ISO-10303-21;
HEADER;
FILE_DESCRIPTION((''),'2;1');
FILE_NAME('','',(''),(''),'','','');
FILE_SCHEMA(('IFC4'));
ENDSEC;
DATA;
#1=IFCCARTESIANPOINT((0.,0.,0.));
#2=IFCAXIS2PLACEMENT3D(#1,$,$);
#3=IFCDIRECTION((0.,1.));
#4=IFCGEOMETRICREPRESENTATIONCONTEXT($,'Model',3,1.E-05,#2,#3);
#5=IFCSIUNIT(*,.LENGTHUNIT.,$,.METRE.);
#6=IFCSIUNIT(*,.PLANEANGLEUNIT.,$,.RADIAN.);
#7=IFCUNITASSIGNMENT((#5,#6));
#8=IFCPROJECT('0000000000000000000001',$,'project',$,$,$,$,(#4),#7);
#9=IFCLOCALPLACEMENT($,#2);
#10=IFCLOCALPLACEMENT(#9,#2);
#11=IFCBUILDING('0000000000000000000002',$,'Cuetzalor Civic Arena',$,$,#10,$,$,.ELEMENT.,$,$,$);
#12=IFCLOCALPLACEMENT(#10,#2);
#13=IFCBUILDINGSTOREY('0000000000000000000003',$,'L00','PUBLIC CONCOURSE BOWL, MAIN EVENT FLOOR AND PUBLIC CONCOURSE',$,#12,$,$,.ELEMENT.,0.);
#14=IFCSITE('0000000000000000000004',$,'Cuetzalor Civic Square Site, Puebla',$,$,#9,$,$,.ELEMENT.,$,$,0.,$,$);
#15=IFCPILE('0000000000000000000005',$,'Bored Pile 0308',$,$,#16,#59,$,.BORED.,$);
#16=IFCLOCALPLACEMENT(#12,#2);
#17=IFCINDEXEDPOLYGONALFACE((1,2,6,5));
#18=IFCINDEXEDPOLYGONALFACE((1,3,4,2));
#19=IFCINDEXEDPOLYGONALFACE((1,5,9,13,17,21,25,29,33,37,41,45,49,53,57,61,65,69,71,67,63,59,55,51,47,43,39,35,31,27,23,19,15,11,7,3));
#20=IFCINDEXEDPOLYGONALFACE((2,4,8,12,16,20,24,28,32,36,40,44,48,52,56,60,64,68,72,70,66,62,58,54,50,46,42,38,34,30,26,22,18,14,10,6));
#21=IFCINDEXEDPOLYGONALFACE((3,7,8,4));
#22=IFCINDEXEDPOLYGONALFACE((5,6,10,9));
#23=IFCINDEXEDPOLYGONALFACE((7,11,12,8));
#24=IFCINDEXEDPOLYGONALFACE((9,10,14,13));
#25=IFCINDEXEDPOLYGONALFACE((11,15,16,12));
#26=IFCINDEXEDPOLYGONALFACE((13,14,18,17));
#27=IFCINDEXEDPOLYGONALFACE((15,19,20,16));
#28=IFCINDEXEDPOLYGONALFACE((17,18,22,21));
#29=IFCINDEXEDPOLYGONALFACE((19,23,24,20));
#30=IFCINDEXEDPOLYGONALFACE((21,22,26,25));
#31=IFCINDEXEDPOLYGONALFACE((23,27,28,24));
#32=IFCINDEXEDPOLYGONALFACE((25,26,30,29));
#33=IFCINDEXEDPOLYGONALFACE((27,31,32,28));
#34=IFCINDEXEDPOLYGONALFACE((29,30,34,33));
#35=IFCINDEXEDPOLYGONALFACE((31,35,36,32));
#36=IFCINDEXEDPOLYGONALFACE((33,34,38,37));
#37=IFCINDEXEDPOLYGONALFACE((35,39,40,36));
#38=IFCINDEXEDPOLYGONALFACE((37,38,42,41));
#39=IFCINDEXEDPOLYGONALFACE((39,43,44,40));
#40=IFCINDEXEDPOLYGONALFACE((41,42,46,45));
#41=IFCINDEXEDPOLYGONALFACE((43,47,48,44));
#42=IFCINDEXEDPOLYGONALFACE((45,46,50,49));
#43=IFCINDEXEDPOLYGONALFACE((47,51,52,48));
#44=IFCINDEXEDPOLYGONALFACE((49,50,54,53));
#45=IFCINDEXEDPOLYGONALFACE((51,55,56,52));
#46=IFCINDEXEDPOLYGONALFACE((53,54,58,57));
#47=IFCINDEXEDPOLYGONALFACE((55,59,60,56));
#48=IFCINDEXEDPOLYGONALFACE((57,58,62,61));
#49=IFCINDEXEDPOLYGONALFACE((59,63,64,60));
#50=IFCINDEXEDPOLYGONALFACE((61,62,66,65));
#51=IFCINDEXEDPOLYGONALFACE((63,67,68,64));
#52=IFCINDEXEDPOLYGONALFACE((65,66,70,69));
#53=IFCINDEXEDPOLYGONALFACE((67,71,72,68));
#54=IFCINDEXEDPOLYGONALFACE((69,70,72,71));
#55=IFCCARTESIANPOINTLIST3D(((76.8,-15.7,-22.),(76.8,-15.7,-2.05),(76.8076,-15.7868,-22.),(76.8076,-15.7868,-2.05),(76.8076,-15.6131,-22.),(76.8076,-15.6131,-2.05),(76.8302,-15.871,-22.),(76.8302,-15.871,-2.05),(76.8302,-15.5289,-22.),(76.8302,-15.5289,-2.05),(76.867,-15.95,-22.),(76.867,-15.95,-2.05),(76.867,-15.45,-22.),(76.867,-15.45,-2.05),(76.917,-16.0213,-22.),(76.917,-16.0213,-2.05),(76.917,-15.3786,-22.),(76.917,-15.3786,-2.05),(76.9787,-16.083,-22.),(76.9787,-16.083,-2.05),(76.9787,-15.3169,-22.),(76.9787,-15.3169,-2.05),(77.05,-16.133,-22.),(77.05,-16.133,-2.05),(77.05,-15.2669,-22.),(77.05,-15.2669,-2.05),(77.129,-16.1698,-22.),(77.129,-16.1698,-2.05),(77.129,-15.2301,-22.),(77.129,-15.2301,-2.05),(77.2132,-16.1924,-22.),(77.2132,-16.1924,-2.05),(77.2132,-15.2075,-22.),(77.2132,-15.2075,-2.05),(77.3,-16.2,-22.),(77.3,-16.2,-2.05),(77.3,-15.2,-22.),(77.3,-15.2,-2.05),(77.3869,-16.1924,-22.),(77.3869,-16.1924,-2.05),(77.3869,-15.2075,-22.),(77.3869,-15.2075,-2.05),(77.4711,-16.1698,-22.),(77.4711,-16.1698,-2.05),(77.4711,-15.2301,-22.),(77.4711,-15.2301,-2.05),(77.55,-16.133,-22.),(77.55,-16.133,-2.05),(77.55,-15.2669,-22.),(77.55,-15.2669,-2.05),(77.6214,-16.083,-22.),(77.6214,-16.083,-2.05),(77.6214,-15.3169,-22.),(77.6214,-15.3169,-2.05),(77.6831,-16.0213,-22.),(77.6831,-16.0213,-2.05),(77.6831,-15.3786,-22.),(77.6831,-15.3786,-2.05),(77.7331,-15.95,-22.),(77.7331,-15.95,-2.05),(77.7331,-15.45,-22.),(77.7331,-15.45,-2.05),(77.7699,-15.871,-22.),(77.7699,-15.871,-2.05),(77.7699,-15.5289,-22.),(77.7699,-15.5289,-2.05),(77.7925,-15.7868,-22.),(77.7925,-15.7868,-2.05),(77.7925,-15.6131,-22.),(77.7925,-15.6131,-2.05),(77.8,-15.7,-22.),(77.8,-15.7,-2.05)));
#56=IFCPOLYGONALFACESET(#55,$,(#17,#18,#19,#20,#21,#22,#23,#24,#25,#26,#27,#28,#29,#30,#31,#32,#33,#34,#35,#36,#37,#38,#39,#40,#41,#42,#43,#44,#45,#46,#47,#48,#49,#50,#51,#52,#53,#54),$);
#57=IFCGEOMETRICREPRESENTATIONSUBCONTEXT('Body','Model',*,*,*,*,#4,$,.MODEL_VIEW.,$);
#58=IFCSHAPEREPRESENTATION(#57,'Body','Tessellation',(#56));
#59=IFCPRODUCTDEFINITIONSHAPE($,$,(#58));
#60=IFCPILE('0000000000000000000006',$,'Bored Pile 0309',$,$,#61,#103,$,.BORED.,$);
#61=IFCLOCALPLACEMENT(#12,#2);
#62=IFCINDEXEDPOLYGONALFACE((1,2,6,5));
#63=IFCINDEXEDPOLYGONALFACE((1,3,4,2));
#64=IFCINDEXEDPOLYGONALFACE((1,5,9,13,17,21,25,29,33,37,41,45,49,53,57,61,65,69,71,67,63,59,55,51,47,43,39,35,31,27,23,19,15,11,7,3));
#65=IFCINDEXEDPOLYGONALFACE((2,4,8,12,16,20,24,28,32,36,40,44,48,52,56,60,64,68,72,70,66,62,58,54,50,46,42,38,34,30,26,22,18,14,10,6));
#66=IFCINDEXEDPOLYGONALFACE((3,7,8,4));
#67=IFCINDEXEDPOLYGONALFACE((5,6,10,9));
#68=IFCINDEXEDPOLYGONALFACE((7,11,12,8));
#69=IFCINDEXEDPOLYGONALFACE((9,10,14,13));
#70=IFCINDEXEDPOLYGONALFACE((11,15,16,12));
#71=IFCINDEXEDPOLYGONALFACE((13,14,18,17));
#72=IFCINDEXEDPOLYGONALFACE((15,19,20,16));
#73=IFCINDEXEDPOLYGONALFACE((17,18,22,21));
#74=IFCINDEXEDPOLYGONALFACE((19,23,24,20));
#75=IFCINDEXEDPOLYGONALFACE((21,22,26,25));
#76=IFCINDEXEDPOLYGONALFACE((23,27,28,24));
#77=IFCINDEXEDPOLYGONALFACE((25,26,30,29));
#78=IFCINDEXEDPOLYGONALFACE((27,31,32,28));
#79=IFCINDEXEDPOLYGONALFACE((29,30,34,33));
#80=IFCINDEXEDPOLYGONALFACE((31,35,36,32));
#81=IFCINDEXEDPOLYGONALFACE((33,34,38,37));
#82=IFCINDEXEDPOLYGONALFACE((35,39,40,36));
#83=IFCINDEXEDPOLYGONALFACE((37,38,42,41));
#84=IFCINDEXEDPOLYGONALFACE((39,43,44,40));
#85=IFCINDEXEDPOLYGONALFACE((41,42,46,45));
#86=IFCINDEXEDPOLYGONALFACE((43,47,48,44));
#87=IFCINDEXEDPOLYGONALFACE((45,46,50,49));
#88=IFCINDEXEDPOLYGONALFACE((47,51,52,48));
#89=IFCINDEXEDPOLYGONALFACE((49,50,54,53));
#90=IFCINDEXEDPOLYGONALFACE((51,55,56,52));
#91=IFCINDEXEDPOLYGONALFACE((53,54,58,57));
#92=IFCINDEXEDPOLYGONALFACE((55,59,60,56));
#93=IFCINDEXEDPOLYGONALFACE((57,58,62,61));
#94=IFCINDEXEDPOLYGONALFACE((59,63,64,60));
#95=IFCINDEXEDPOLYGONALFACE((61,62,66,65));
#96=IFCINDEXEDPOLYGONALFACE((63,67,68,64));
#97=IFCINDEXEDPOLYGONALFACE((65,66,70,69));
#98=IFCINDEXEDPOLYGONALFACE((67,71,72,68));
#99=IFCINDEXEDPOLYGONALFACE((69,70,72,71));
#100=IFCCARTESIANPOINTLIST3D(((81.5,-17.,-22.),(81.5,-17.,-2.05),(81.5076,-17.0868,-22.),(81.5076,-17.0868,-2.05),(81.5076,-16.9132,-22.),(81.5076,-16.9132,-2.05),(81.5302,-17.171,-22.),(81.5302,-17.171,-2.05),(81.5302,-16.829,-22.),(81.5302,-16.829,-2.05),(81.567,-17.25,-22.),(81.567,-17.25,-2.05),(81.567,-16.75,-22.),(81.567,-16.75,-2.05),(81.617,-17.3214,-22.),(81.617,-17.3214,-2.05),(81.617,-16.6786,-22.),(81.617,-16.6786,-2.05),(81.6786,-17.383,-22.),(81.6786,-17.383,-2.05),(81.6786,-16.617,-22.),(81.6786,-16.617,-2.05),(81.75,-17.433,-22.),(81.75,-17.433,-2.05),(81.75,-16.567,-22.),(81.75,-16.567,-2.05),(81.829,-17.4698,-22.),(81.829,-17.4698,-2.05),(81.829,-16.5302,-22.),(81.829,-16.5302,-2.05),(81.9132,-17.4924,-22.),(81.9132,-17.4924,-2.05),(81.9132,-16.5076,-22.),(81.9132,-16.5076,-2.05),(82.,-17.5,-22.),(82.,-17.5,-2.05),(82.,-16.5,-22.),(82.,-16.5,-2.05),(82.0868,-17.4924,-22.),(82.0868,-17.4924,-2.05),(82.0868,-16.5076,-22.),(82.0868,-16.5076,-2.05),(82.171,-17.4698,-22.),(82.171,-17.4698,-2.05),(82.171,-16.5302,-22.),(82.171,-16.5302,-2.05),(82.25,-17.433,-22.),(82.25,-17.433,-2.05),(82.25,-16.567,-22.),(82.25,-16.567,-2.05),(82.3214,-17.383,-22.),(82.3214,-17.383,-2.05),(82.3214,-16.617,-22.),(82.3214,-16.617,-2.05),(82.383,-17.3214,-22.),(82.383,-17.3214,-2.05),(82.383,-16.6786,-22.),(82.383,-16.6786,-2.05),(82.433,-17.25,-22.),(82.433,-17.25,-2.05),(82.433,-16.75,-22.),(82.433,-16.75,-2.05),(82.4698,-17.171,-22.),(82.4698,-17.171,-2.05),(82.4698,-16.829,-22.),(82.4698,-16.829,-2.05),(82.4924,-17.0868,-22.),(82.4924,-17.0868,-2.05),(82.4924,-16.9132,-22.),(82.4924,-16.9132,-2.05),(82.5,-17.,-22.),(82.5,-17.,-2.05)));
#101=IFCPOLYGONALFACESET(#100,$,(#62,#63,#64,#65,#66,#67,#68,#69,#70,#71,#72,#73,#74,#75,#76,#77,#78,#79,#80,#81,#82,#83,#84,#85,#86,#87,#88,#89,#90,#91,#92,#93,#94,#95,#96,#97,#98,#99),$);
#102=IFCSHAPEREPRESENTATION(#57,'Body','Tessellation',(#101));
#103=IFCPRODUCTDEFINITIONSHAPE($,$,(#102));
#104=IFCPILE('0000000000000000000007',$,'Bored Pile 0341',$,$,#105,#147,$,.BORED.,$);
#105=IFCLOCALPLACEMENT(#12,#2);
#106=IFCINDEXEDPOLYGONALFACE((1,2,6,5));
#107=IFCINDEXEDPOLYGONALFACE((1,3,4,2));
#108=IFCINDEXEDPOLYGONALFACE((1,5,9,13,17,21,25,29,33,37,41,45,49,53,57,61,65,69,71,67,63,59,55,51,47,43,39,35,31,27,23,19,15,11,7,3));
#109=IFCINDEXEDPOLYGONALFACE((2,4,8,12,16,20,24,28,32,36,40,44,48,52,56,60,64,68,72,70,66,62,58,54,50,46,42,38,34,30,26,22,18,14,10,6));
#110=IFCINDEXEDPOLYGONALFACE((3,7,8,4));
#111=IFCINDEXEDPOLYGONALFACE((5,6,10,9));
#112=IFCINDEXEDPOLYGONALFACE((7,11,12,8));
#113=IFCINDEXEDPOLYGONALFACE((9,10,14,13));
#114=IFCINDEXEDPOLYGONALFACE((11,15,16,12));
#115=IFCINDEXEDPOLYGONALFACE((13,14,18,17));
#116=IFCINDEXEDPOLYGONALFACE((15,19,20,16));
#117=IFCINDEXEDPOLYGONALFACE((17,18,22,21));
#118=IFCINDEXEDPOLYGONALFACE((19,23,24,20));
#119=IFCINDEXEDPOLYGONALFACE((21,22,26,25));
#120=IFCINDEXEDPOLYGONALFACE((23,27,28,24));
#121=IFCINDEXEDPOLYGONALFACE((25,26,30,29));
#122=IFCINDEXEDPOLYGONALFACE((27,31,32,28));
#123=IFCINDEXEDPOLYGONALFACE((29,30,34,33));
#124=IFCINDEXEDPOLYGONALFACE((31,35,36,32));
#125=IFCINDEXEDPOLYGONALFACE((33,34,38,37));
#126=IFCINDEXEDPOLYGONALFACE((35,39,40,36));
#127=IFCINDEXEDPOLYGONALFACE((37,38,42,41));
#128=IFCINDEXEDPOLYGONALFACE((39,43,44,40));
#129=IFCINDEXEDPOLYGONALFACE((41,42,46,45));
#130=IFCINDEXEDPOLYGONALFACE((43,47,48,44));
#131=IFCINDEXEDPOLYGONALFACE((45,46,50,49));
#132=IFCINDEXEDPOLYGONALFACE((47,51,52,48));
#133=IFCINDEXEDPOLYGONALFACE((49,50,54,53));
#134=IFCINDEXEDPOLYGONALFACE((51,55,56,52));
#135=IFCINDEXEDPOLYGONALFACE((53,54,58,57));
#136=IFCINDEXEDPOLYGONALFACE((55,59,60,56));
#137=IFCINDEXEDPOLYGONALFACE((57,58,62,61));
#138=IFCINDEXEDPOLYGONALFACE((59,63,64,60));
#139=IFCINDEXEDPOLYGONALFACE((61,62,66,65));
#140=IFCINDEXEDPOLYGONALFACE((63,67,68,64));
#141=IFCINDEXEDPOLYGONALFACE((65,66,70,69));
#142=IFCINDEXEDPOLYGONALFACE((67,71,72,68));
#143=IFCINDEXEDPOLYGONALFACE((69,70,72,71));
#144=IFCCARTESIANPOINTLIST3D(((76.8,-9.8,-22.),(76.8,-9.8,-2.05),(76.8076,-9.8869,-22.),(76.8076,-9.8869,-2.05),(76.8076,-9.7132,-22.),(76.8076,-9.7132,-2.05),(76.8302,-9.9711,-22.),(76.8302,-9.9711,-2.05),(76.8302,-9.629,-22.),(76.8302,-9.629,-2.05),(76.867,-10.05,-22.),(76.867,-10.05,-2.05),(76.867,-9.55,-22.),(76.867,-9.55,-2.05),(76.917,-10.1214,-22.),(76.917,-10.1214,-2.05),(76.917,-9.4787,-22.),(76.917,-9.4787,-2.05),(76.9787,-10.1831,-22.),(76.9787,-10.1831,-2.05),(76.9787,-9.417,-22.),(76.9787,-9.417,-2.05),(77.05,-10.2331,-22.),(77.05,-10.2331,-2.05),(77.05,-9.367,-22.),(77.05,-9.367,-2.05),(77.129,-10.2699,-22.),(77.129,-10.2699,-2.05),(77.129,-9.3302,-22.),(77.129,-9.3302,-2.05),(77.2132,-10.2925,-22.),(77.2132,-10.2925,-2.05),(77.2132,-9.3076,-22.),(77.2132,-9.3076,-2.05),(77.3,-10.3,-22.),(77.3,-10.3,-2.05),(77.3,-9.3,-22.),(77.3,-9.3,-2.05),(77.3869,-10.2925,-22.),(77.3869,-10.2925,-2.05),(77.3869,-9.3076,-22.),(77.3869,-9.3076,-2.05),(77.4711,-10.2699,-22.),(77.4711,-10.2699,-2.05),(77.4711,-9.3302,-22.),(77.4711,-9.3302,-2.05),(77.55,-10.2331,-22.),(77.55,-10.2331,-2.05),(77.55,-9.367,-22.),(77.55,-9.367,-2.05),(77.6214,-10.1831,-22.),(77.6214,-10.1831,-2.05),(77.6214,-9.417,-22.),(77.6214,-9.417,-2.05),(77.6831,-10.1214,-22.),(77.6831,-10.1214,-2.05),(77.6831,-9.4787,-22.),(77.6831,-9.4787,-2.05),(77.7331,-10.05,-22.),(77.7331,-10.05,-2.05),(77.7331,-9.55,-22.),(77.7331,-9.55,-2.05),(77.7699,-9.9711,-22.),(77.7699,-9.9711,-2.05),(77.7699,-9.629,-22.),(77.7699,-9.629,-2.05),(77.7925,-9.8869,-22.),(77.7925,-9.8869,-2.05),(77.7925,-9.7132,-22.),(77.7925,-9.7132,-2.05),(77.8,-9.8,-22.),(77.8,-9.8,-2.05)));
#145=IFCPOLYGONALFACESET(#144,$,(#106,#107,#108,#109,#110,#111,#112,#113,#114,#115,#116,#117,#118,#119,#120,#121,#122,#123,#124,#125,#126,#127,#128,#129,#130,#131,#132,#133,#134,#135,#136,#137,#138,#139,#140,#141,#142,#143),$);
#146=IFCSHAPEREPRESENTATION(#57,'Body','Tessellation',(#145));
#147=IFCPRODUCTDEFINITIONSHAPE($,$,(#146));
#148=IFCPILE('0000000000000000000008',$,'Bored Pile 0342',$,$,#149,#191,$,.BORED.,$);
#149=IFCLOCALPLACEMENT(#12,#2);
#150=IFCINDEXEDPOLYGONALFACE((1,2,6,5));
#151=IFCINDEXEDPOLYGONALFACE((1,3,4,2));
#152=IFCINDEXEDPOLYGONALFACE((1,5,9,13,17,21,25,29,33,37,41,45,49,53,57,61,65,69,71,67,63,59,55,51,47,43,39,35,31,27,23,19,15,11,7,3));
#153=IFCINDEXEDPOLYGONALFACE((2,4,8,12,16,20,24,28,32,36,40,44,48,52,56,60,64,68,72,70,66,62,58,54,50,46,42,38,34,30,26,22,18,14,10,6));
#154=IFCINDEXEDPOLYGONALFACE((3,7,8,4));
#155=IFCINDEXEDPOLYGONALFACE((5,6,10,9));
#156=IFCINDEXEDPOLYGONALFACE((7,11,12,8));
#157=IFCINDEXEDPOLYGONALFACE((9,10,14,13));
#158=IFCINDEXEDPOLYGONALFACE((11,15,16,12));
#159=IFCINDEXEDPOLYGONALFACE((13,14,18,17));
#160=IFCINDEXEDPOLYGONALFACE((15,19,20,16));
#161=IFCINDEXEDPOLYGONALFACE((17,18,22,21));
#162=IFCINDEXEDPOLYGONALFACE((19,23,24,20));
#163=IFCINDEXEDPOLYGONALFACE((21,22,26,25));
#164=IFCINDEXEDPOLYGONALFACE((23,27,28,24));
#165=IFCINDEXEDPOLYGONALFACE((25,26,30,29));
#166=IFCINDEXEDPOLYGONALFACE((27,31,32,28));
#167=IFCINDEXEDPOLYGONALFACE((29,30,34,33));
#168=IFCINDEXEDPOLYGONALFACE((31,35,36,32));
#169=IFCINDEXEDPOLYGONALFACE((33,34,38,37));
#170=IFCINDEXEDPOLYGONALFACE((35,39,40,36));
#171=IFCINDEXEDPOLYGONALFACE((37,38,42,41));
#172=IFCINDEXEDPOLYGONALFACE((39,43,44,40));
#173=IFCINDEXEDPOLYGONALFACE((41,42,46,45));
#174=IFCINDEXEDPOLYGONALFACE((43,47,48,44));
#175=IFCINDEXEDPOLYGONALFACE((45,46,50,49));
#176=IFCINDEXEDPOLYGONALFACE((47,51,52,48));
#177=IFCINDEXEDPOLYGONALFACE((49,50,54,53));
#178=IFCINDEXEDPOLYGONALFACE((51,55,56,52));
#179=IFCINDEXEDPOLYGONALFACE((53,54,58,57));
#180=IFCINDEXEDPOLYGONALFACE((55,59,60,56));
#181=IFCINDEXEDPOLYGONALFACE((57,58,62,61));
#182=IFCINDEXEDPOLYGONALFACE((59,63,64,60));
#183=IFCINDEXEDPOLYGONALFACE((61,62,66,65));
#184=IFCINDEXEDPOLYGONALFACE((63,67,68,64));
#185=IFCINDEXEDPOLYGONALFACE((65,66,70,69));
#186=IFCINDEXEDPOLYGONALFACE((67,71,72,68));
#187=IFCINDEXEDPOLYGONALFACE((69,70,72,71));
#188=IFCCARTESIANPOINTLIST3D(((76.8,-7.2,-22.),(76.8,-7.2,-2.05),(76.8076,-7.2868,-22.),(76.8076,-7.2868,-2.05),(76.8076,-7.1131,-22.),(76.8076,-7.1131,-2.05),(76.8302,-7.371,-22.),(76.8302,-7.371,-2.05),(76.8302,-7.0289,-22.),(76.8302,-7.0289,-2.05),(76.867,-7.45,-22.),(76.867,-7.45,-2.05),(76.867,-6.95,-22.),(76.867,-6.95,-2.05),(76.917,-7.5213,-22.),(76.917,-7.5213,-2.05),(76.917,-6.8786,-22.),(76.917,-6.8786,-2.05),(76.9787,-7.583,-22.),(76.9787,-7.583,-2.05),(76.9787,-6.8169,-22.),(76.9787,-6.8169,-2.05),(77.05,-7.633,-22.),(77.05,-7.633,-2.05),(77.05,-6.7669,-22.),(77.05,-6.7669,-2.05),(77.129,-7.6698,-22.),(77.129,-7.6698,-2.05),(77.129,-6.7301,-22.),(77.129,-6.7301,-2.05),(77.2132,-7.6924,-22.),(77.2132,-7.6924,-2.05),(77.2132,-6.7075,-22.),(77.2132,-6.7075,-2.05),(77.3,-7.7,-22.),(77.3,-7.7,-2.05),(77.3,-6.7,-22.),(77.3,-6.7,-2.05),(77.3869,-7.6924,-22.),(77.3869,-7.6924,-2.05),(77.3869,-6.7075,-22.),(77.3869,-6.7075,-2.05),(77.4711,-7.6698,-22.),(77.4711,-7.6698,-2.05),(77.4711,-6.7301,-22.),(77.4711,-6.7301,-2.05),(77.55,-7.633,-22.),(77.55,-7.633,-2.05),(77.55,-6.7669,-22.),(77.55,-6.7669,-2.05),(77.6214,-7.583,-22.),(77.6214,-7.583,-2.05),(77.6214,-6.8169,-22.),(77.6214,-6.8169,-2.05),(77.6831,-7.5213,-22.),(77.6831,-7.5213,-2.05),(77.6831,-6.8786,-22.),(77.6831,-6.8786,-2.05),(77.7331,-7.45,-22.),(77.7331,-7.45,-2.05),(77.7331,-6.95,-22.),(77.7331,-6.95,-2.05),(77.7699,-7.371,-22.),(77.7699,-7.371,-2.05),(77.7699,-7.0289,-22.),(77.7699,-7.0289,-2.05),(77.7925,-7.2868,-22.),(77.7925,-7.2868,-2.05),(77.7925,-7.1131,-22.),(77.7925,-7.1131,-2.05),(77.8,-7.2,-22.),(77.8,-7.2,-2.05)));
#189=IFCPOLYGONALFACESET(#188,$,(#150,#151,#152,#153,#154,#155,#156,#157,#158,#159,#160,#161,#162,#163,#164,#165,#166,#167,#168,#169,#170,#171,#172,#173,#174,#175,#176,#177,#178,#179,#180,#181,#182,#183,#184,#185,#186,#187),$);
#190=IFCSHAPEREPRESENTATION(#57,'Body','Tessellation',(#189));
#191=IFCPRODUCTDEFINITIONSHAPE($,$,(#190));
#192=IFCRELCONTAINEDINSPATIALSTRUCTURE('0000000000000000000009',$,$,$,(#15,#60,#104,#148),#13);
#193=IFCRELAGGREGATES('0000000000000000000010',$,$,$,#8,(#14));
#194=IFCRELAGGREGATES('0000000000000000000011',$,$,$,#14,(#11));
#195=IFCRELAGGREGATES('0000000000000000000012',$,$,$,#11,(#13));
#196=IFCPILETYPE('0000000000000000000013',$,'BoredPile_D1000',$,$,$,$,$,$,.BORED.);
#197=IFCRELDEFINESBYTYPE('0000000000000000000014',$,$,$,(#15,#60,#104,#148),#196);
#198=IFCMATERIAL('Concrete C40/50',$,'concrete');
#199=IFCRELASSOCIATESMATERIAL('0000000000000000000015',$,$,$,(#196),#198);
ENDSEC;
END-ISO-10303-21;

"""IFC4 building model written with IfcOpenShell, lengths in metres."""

from ifc_helpers import new_model, si_unit, direction, frame, origin, origin_2d, place, context, subcontext, project, spatial, circle, extrude, material, material_profile, profile_set, type_object, element, save


model = new_model("IFC4")

# Units and contexts
model_context = context("Model", 3, precision=1e-05, world=origin(), true_north=direction((0.0, 1.0)))
body_context = subcontext(model_context, "Body", "Model", "MODEL_VIEW")
ifc_project = project(units=[si_unit("LENGTHUNIT", "METRE"), si_unit("PLANEANGLEUNIT", "RADIAN")], contexts=[model_context])

# Site, building, storey
site_placement = place(None, origin())
site = spatial("IfcSite", under=ifc_project, at=site_placement, Name="Cuetzalor Civic Square Site, Puebla", CompositionType="ELEMENT", RefElevation=0.0)
building_placement = place(site_placement, origin())
building = spatial("IfcBuilding", under=site, at=building_placement, Name="Cuetzalor Civic Arena", CompositionType="ELEMENT")
storey_placement = place(building_placement, origin())
storey = spatial("IfcBuildingStorey", under=building, at=storey_placement, Name="L00", Description="PUBLIC CONCOURSE BOWL, MAIN EVENT FLOOR AND PUBLIC CONCOURSE", CompositionType="ELEMENT", Elevation=0.0)

# Piles
ifc_material_1 = material(Name="Concrete C40/50", Category="concrete")
ifc_material_profile_1 = material_profile(ifc_material_1, circle(Radius=0.5, at=origin_2d()), Name="BORED PILE D1000")
ifc_profile_set_1 = profile_set([ifc_material_profile_1], Name="Concrete C40/50")
pile_type = type_object("IfcPileType", Name="BoredPile_D1000", PredefinedType="BORED", material=ifc_profile_set_1)
for number, where, z_axis, x_axis, name in (
    (1, (77.3, -15.7, -2.05), (0.0, 0.0, -1.0), (1.0, 0.0, 0.0), "Bored Pile 0308"),
    (2, (82.0, -17.0, -2.05), (0.0, 0.0, -1.0), (1.0, 0.0, 0.0), "Bored Pile 0309"),
    (3, (77.3, -9.8, -2.05), (0.0, 0.0, -1.0), (1.0, 0.0, 0.0), "Bored Pile 0341"),
    (4, (77.3, -7.2, -2.05), (0.0, 0.0, -1.0), (1.0, 0.0, 0.0), "Bored Pile 0342"),
):
    element("IfcPile", number, at=place(storey_placement, frame(where, z_axis=z_axis, x_axis=x_axis)), inside=storey, type_object=pile_type, Name=name, PredefinedType="BORED", context=body_context, shape_type="SweptSolid", body=[
        extrude(circle(Radius=0.5, at=origin_2d()), origin(), (0.0, 0.0, 1.0), 19.95),
    ])

save(model, "model.ifc")
